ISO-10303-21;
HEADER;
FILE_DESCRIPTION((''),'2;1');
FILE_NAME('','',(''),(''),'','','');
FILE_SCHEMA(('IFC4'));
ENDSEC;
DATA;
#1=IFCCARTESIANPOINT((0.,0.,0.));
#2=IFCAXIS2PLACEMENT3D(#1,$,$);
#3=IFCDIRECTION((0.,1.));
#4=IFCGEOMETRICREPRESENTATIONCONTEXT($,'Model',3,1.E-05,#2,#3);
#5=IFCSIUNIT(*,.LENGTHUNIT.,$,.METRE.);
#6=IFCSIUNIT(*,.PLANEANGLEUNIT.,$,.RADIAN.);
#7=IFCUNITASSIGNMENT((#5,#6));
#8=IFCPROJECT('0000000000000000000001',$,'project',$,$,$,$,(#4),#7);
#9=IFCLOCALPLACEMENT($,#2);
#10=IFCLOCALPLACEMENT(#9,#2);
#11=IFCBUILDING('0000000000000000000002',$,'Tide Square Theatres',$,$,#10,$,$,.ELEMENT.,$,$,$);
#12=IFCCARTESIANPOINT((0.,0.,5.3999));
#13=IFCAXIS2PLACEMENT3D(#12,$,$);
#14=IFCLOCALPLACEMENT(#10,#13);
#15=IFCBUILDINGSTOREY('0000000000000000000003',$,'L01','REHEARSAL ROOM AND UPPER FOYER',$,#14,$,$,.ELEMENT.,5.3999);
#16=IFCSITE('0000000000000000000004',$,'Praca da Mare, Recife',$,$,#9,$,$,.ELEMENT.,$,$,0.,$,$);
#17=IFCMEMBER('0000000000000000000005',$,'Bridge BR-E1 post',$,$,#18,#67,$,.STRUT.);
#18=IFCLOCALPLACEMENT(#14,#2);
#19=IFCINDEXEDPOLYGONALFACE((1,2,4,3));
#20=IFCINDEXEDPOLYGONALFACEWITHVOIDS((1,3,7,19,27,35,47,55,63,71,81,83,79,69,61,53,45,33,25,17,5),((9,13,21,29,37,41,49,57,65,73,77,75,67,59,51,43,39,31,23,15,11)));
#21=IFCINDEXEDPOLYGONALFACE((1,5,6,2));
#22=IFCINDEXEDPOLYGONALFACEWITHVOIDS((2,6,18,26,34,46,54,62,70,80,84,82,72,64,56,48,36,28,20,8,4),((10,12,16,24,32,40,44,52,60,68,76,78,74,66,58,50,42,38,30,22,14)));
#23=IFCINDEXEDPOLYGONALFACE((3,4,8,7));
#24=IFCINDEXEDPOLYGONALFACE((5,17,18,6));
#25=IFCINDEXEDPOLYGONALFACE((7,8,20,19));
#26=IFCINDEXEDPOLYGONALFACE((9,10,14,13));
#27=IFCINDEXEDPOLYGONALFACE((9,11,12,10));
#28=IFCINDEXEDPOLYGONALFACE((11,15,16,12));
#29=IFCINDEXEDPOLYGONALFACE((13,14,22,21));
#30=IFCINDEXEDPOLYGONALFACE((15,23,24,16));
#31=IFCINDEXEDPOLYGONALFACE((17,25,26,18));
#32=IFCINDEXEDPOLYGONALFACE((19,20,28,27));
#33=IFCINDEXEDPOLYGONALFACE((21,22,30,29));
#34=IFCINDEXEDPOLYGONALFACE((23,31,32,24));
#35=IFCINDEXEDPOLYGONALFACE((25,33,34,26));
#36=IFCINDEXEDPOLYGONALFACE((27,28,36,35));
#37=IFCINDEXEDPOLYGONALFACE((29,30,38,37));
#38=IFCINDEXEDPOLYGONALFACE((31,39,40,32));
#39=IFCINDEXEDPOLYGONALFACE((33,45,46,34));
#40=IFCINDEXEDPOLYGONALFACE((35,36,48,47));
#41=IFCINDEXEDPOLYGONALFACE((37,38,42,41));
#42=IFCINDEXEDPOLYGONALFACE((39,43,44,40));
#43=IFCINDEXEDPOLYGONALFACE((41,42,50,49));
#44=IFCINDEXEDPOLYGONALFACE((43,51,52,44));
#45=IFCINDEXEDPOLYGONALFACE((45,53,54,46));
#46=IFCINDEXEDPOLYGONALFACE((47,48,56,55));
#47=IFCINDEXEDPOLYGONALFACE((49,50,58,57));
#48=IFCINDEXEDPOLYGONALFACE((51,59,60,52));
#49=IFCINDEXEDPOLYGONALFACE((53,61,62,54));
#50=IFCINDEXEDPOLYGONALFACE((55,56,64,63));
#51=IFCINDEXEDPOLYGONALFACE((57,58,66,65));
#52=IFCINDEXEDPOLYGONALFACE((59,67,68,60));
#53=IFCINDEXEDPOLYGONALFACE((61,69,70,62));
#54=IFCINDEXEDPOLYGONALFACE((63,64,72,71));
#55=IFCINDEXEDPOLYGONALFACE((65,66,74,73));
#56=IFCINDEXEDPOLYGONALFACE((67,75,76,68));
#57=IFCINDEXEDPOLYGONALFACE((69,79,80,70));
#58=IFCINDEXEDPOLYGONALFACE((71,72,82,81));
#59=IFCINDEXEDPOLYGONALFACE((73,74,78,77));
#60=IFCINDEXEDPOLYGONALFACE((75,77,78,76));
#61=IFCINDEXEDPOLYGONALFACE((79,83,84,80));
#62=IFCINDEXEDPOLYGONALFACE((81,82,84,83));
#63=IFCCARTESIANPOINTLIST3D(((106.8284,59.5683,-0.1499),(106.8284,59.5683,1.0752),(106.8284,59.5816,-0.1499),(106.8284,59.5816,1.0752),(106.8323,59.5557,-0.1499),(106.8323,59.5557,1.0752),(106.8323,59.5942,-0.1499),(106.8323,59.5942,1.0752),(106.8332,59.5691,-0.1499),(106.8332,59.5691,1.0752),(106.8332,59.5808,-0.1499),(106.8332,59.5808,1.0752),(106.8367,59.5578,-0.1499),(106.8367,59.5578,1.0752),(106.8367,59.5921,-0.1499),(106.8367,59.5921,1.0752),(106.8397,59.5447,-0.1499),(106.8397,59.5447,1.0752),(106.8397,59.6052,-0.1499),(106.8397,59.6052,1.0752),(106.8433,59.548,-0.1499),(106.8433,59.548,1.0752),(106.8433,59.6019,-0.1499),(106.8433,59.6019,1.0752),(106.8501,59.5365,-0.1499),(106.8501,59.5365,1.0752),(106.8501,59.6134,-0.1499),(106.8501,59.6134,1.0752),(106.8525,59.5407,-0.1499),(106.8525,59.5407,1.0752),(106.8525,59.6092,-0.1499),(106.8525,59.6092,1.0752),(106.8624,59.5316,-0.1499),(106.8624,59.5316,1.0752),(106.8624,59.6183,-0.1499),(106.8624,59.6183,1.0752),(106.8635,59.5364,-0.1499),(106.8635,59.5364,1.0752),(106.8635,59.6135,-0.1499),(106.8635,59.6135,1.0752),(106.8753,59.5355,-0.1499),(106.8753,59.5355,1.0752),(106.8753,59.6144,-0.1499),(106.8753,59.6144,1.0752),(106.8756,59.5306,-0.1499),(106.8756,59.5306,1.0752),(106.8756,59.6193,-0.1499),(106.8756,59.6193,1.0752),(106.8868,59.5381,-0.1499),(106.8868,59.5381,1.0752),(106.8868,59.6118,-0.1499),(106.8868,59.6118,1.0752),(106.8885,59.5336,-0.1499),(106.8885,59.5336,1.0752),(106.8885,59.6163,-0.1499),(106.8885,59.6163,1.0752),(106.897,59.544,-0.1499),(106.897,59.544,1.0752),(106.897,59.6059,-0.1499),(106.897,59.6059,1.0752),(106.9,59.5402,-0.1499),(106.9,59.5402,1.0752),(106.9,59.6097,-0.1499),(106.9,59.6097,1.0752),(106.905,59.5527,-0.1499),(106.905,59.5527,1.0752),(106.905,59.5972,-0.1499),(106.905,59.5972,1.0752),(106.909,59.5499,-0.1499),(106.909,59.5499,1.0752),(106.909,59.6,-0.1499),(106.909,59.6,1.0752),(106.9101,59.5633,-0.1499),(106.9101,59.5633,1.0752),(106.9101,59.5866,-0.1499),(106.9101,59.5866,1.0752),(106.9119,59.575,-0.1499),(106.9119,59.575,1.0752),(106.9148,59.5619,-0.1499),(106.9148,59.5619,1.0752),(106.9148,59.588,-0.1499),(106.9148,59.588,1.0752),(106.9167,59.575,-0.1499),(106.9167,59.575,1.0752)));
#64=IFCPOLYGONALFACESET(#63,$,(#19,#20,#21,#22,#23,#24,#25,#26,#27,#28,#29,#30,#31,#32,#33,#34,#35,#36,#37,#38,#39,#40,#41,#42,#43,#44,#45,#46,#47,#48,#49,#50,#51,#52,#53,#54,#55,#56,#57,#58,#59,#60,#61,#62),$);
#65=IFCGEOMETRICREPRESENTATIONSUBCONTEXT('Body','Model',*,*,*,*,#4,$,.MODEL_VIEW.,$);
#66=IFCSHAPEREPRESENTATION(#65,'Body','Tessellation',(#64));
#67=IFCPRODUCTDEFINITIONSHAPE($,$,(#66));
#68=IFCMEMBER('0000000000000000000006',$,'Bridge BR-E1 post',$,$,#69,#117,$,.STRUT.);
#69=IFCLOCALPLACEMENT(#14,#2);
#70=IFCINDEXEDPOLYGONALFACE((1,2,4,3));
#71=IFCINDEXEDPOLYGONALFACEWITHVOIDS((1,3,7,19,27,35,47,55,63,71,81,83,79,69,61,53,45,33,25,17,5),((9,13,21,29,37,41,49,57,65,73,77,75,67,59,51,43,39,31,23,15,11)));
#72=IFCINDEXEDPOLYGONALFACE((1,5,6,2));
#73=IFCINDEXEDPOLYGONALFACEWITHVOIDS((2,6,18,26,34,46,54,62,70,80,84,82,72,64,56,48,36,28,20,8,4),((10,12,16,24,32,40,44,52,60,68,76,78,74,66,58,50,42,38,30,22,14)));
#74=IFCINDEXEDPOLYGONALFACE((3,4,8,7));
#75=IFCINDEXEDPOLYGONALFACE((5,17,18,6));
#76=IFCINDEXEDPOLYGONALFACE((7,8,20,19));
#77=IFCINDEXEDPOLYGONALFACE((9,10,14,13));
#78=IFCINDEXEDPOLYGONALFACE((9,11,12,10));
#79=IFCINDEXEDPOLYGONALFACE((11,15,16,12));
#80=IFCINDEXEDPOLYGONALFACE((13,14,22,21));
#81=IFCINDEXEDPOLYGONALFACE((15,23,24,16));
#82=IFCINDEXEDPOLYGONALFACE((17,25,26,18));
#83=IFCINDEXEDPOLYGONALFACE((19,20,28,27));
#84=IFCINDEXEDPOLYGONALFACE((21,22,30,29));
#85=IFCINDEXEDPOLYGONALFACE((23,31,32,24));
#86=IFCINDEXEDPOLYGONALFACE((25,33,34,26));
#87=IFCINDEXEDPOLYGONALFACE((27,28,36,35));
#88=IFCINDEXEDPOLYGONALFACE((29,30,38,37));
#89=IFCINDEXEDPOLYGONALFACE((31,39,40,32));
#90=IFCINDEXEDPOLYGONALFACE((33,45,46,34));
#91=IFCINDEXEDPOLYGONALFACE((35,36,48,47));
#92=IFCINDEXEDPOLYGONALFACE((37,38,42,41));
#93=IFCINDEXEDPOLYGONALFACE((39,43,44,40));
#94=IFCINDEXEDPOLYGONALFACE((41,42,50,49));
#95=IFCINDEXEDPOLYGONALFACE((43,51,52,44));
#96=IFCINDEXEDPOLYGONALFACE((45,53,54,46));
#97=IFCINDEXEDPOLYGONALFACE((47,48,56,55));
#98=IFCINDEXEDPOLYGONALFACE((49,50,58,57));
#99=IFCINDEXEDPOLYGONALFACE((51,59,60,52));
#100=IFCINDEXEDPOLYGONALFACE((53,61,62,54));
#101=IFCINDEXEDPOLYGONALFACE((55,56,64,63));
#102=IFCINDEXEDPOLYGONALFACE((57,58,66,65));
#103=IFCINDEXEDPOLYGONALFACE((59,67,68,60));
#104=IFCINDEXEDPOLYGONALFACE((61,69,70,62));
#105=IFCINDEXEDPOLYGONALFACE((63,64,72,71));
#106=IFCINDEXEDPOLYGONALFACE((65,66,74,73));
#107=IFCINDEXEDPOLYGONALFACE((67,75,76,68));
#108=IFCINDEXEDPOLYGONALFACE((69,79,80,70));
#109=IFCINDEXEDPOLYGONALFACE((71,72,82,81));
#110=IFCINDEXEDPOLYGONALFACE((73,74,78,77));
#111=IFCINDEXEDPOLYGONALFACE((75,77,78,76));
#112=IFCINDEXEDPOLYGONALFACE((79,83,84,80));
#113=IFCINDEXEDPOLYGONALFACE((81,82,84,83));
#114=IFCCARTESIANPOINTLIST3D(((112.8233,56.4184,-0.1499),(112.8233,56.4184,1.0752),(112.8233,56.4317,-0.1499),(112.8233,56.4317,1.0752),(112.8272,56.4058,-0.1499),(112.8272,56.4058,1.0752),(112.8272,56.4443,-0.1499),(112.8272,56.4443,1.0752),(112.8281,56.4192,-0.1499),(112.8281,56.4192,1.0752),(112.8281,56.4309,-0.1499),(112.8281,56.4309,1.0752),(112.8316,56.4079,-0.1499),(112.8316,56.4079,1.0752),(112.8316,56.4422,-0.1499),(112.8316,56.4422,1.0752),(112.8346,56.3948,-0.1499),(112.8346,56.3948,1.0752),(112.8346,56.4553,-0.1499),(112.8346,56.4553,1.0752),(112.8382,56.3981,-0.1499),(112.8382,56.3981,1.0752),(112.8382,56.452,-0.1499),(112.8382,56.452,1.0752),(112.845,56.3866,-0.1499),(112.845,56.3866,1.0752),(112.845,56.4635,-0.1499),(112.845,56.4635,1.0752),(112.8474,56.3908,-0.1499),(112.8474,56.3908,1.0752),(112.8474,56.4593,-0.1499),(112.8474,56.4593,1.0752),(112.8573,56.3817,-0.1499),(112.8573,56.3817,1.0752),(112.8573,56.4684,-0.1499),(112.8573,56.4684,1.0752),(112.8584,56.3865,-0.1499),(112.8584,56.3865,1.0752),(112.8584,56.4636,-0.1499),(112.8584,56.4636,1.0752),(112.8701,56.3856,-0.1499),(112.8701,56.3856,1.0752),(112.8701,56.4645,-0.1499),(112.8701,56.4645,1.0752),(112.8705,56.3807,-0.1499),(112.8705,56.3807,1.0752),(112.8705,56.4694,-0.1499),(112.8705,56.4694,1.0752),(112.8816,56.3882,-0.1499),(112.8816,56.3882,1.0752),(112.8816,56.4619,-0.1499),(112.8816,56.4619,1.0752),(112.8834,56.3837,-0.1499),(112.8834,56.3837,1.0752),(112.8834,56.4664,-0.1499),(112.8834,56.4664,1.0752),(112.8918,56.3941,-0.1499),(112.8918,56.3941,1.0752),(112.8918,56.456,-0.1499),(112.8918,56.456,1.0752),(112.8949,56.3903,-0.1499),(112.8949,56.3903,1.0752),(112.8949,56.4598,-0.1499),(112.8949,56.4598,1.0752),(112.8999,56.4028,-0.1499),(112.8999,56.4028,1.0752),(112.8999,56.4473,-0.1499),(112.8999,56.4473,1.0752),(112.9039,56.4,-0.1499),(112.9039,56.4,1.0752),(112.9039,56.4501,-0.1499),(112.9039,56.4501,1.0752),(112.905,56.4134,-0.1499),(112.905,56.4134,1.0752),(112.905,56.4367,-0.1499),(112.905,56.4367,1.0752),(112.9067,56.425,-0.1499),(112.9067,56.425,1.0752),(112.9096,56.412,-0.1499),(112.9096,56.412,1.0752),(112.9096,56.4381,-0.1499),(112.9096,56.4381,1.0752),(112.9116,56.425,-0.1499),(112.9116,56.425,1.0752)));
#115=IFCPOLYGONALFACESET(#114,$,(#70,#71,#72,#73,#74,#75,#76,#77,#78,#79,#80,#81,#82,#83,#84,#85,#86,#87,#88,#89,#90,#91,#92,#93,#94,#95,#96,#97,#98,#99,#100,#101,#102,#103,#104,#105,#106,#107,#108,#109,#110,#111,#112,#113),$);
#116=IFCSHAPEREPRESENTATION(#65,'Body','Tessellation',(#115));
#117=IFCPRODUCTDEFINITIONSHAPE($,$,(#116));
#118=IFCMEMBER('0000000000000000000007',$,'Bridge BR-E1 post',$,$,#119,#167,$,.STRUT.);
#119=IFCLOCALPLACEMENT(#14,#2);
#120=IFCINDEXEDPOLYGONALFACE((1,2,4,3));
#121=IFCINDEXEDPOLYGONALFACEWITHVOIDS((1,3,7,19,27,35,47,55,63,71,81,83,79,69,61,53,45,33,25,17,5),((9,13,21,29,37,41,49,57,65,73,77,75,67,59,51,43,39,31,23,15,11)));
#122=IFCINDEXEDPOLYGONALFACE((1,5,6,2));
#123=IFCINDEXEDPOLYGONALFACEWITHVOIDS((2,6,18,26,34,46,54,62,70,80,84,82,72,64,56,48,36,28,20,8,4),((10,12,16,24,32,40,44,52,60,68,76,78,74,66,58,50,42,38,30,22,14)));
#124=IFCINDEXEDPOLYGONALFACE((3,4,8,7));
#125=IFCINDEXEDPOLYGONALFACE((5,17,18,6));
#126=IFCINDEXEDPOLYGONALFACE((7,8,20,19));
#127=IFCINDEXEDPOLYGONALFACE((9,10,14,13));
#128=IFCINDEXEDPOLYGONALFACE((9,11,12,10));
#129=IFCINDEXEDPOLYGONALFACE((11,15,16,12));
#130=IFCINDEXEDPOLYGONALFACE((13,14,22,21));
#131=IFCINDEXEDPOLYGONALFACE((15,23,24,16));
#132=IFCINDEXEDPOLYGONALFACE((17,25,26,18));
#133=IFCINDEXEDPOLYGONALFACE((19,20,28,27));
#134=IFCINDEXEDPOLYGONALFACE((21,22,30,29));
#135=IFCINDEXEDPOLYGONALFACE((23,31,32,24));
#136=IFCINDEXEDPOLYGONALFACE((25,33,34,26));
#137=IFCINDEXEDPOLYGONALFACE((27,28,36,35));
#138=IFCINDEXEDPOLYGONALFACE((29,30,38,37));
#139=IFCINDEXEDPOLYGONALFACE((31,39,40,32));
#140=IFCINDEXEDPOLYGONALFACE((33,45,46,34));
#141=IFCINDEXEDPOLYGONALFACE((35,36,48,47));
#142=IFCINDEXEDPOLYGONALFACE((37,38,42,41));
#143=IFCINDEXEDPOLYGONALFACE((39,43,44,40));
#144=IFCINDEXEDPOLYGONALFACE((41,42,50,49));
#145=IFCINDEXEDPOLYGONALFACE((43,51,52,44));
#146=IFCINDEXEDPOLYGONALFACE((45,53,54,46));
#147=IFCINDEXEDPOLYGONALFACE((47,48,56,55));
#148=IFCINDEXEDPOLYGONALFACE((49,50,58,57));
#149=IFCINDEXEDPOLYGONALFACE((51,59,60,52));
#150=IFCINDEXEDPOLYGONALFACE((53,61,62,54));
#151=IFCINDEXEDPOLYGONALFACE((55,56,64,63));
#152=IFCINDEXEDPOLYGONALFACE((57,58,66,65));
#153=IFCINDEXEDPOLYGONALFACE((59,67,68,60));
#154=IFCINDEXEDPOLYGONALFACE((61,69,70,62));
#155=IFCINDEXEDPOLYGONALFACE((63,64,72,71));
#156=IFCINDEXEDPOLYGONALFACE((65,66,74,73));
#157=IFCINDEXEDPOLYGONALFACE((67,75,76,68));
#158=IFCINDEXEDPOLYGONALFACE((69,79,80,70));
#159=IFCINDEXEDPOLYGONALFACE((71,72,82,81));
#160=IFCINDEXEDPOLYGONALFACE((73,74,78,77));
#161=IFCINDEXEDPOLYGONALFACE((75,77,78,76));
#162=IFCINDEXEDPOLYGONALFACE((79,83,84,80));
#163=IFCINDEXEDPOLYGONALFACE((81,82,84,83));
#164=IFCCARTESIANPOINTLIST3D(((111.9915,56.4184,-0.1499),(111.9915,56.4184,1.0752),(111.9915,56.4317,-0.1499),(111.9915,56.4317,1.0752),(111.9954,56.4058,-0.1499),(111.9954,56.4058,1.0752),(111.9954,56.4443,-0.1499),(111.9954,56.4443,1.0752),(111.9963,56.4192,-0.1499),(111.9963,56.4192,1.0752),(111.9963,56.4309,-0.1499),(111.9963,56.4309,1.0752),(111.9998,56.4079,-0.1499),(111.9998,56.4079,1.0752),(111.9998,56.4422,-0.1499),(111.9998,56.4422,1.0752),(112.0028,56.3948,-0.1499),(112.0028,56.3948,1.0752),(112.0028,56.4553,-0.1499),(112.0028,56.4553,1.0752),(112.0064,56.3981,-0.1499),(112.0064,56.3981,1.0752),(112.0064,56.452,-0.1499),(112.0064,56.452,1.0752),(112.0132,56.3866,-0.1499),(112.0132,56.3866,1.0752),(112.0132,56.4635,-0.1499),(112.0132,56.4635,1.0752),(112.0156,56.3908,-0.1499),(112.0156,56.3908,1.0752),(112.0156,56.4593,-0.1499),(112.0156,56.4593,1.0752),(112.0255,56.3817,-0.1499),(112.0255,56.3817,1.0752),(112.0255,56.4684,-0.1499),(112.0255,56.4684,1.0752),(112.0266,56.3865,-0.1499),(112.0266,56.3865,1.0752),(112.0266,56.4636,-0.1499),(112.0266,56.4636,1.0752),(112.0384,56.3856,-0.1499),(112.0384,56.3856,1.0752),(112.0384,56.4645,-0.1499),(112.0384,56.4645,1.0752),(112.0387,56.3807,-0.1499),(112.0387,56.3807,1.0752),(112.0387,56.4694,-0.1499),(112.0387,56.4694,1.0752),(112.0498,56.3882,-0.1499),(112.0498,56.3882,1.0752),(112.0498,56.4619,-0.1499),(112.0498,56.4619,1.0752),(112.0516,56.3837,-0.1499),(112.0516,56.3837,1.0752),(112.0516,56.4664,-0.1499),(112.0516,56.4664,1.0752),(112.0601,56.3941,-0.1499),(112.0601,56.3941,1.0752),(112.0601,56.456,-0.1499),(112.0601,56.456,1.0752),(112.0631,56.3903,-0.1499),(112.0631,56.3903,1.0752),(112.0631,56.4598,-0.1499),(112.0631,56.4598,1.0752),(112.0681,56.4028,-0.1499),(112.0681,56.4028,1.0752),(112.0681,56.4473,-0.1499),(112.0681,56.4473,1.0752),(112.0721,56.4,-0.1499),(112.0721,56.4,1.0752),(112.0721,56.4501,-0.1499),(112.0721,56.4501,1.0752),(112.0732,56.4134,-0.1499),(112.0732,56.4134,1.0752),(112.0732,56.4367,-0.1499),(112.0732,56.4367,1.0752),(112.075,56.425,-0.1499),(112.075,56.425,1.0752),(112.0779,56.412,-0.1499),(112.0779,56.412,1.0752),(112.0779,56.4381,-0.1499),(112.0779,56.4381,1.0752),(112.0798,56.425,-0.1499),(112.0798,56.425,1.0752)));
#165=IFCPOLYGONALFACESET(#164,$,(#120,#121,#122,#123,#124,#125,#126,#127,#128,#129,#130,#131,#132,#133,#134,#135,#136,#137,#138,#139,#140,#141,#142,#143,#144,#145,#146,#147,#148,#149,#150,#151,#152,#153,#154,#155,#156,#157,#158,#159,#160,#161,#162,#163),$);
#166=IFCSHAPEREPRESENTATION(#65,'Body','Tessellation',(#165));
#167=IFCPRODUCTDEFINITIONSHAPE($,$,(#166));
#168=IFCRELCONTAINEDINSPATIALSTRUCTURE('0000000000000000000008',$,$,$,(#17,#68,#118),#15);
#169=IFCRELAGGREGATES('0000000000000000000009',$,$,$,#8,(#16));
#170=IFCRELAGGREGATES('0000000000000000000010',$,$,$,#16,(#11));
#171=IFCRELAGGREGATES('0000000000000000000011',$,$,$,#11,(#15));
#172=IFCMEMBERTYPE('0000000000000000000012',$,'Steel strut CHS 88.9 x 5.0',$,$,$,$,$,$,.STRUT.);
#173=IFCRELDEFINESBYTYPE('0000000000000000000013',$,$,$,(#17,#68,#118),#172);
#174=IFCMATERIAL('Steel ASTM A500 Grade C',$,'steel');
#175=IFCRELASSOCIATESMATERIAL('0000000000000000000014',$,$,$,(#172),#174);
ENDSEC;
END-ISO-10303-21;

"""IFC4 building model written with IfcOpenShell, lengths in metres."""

from ifc_helpers import new_model, si_unit, direction, frame, origin, origin_2d, place, context, subcontext, project, spatial, hollow_circle, extrude, material, material_profile, profile_set, type_object, element, save


model = new_model("IFC4")

# Units and contexts
model_context = context("Model", 3, precision=1e-05, world=origin(), true_north=direction((0.0, 1.0)))
body_context = subcontext(model_context, "Body", "Model", "MODEL_VIEW")
ifc_project = project(units=[si_unit("LENGTHUNIT", "METRE"), si_unit("PLANEANGLEUNIT", "RADIAN")], contexts=[model_context])

# Site, building, storey
site_placement = place(None, origin())
site = spatial("IfcSite", under=ifc_project, at=site_placement, Name="Praca da Mare, Recife", CompositionType="ELEMENT", RefElevation=0.0)
building_placement = place(site_placement, origin())
building = spatial("IfcBuilding", under=site, at=building_placement, Name="Tide Square Theatres", CompositionType="ELEMENT")
storey_placement = place(building_placement, frame((0.0, 0.0, 5.3999)))
storey = spatial("IfcBuildingStorey", under=building, at=storey_placement, Name="L01", Description="REHEARSAL ROOM AND UPPER FOYER", CompositionType="ELEMENT", Elevation=5.3999)

# Members
ifc_material_1 = material(Name="Steel ASTM A500 Grade C", Category="steel")
ifc_material_profile_1 = material_profile(ifc_material_1, hollow_circle(Radius=0.0444, WallThickness=0.0049, at=origin_2d()))
ifc_profile_set_1 = profile_set([ifc_material_profile_1], Name="Steel ASTM A500 Grade C")
member_type_1 = type_object("IfcMemberType", Name="Steel strut CHS 88.9 x 5.0", PredefinedType="STRUT", material=ifc_profile_set_1)
for number, where, z_axis, x_axis, name in (
    (1, (106.8723, 59.575, -0.1499), (0.0, 0.0, 1.0), (1.0, 0.0, 0.0), "Bridge BR-E1 post"),
    (2, (112.8672, 56.425, -0.1499), (0.0, 0.0, 1.0), (1.0, 0.0, 0.0), "Bridge BR-E1 post"),
    (3, (112.0354, 56.425, -0.1499), (0.0, 0.0, 1.0), (1.0, 0.0, 0.0), "Bridge BR-E1 post"),
):
    element("IfcMember", number, at=place(storey_placement, frame(where, z_axis=z_axis, x_axis=x_axis)), inside=storey, type_object=member_type_1, Name=name, PredefinedType="STRUT", context=body_context, shape_type="SweptSolid", body=[
        extrude(hollow_circle(Radius=0.0444, WallThickness=0.0049, at=origin_2d()), origin(), (0.0, 0.0, 1.0), 1.2251),
    ])

save(model, "model.ifc")
